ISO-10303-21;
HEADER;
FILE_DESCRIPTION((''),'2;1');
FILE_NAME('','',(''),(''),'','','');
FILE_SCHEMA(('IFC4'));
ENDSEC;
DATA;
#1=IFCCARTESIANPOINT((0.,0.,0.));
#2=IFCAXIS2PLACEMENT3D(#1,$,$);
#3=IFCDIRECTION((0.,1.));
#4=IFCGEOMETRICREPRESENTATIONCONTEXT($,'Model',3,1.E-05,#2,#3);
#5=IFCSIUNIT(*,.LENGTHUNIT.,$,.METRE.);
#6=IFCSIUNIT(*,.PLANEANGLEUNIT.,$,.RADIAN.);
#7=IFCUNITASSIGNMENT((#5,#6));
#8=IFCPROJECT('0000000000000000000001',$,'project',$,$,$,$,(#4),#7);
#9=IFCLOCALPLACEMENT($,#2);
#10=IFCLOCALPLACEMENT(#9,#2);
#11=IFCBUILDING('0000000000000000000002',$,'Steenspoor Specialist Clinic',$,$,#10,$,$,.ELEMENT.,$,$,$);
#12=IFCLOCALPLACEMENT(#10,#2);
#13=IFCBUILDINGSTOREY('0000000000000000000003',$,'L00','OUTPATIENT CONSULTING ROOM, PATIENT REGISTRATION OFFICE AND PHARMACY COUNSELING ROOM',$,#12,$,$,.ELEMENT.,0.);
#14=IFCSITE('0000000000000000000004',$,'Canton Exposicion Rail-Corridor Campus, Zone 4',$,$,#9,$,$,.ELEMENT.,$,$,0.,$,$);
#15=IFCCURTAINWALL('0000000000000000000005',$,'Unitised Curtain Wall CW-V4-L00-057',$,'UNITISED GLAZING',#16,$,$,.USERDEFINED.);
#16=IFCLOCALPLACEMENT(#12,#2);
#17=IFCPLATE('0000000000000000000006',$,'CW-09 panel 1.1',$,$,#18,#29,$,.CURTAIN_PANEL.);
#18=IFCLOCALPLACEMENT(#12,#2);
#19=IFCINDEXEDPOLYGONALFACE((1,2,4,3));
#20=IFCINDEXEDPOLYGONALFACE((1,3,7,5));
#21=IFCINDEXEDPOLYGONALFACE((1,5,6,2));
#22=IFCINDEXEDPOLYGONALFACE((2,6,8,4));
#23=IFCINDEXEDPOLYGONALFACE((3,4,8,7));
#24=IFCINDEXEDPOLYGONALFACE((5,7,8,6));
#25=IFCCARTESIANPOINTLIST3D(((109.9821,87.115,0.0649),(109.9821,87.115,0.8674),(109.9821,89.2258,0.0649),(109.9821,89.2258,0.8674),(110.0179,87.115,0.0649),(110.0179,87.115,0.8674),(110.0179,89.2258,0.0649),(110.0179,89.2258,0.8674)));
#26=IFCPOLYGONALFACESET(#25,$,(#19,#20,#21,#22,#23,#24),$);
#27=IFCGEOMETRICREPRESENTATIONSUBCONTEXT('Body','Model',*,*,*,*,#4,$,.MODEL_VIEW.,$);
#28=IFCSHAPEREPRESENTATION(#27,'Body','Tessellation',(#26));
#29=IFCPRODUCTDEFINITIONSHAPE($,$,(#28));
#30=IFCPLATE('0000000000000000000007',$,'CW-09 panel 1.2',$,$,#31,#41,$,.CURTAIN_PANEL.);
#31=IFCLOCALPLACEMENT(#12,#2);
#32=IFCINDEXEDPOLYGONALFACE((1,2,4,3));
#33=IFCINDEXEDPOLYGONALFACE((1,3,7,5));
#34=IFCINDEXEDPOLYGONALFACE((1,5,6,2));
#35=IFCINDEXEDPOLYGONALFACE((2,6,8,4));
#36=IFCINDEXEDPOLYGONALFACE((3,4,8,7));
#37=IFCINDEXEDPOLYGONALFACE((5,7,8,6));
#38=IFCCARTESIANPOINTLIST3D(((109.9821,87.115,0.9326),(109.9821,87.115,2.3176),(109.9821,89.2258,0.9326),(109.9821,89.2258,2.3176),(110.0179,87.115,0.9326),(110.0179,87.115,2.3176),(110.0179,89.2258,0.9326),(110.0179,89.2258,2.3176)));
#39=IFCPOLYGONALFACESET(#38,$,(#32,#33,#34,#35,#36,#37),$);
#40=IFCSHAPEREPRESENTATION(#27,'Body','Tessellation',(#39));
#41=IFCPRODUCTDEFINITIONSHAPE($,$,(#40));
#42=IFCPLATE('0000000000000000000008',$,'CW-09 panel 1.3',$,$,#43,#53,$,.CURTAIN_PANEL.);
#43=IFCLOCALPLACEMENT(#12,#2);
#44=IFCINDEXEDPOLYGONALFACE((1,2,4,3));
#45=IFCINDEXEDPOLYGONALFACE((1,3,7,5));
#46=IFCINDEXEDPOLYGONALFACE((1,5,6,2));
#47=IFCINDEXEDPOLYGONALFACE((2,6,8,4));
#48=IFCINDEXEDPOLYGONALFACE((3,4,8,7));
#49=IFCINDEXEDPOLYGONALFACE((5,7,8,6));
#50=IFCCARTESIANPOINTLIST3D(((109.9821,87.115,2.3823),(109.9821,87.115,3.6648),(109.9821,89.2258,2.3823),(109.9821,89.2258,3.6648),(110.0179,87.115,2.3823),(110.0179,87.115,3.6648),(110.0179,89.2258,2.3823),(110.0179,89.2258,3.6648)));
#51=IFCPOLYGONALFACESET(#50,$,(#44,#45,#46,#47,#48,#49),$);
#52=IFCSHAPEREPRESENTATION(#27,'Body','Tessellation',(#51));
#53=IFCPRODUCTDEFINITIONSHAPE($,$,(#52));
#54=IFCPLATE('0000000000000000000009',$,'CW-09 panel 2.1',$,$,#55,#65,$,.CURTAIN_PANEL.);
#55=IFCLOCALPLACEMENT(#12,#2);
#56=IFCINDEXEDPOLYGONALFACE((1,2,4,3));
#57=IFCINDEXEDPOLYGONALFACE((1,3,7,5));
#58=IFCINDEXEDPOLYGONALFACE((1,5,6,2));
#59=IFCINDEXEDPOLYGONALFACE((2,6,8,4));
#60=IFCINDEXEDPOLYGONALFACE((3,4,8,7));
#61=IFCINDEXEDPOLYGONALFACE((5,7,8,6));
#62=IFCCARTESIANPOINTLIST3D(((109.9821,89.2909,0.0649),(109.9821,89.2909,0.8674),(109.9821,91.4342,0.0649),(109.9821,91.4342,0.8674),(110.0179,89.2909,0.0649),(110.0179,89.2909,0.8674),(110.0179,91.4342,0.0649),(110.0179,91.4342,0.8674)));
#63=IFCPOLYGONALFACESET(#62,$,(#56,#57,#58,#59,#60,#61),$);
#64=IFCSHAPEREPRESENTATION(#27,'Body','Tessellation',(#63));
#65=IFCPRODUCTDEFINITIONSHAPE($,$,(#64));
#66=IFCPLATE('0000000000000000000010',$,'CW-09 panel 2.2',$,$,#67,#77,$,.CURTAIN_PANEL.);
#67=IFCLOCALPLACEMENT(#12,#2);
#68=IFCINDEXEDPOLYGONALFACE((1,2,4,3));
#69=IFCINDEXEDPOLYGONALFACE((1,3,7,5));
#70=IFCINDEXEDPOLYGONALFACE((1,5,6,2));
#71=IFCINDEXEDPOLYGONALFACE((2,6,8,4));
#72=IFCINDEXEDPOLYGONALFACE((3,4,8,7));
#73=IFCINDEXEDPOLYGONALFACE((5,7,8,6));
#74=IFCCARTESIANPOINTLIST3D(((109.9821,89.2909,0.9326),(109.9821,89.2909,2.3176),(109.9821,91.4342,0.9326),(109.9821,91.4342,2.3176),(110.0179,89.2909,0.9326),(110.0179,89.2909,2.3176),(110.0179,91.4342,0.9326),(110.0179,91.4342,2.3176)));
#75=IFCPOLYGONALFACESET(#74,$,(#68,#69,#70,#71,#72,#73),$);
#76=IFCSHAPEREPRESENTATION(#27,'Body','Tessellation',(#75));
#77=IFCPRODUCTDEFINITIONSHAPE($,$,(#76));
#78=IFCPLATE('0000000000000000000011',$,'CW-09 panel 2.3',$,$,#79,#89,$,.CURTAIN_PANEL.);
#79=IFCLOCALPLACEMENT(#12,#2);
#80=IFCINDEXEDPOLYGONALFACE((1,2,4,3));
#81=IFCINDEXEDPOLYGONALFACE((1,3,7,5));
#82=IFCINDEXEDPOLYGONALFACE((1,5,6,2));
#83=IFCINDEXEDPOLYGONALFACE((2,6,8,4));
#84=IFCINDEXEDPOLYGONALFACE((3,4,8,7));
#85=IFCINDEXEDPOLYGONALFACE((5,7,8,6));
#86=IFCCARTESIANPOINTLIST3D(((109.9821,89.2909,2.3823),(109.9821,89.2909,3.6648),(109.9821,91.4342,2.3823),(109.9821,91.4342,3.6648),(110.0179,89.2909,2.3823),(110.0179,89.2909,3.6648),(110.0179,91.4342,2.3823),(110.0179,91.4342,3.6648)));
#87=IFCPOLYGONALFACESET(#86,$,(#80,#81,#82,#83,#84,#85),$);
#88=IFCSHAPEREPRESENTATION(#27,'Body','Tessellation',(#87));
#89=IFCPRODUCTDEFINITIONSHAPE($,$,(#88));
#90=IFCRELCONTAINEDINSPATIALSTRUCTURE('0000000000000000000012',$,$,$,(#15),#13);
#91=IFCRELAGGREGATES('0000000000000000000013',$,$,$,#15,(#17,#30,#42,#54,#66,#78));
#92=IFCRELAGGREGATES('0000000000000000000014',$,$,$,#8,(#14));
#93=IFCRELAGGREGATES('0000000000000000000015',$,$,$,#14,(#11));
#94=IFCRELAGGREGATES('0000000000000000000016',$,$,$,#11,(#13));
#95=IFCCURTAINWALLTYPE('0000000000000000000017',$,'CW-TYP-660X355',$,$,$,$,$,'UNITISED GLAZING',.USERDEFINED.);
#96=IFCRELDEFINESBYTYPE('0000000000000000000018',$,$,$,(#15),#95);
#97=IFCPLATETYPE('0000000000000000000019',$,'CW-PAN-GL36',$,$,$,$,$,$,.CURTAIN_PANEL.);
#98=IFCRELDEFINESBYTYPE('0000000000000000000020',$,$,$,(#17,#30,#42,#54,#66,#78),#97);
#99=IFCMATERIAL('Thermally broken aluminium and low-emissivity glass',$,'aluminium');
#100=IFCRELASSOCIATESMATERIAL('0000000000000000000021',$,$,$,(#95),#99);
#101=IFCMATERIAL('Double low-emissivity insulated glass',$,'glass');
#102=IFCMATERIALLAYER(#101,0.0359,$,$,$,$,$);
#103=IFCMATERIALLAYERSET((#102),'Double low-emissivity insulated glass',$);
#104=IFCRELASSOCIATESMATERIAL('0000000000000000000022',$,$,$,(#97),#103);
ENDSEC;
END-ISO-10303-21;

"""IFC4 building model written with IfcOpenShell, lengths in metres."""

from ifc_helpers import new_model, si_unit, direction, frame, origin, origin_2d, place, context, subcontext, project, spatial, rectangle, extrude, material, layer, layer_set, type_object, element, aggregate, save


model = new_model("IFC4")

# Units and contexts
model_context = context("Model", 3, precision=1e-05, world=origin(), true_north=direction((0.0, 1.0)))
body_context = subcontext(model_context, "Body", "Model", "MODEL_VIEW")
ifc_project = project(units=[si_unit("LENGTHUNIT", "METRE"), si_unit("PLANEANGLEUNIT", "RADIAN")], contexts=[model_context])

# Site, building, storey
site_placement = place(None, origin())
site = spatial("IfcSite", under=ifc_project, at=site_placement, Name="Canton Exposicion Rail-Corridor Campus, Zone 4", CompositionType="ELEMENT", RefElevation=0.0)
building_placement = place(site_placement, origin())
building = spatial("IfcBuilding", under=site, at=building_placement, Name="Steenspoor Specialist Clinic", CompositionType="ELEMENT")
storey_placement = place(building_placement, origin())
storey = spatial("IfcBuildingStorey", under=building, at=storey_placement, Name="L00", Description="OUTPATIENT CONSULTING ROOM, PATIENT REGISTRATION OFFICE AND PHARMACY COUNSELING ROOM", CompositionType="ELEMENT", Elevation=0.0)

# Curtain wall, plates
ifc_material_1 = material(Name="Thermally broken aluminium and low-emissivity glass", Category="aluminium")
curtain_wall_type = type_object("IfcCurtainWallType", Name="CW-TYP-660X355", ElementType="UNITISED GLAZING", PredefinedType="USERDEFINED", material=ifc_material_1)
curtain_wall_placement = place(storey_placement, origin())
curtain_wall = element("IfcCurtainWall", 1, at=curtain_wall_placement, inside=storey, type_object=curtain_wall_type, Name="Unitised Curtain Wall CW-V4-L00-057", ObjectType="UNITISED GLAZING", PredefinedType="USERDEFINED")
ifc_material_2 = material(Name="Double low-emissivity insulated glass", Category="glass")
ifc_layer = layer(ifc_material_2, 0.0359)
ifc_layer_set = layer_set([ifc_layer], Name="Double low-emissivity insulated glass")
plate_type = type_object("IfcPlateType", Name="CW-PAN-GL36", PredefinedType="CURTAIN_PANEL", material=ifc_layer_set)
plate_1_placement = place(storey_placement, frame((110.0, 88.1704, 0.0649), z_axis=(0.0, 0.0, 1.0), x_axis=(0.0, 1.0, 0.0)))
plate_1 = element("IfcPlate", 2, at=plate_1_placement, type_object=plate_type, Name="CW-09 panel 1.1", PredefinedType="CURTAIN_PANEL", context=body_context, shape_type="SweptSolid", body=[
    extrude(rectangle(XDim=2.1108, YDim=0.0359, at=origin_2d()), origin(), (0.0, 0.0, 1.0), 0.8025),
])
plate_2_placement = place(storey_placement, frame((110.0, 88.1704, 0.9326), z_axis=(0.0, 0.0, 1.0), x_axis=(0.0, 1.0, 0.0)))
plate_2 = element("IfcPlate", 3, at=plate_2_placement, type_object=plate_type, Name="CW-09 panel 1.2", PredefinedType="CURTAIN_PANEL", context=body_context, shape_type="SweptSolid", body=[
    extrude(rectangle(XDim=2.1108, YDim=0.0359, at=origin_2d()), origin(), (0.0, 0.0, 1.0), 1.385),
])
plate_3_placement = place(storey_placement, frame((110.0, 88.1704, 2.3823), z_axis=(0.0, 0.0, 1.0), x_axis=(0.0, 1.0, 0.0)))
plate_3 = element("IfcPlate", 4, at=plate_3_placement, type_object=plate_type, Name="CW-09 panel 1.3", PredefinedType="CURTAIN_PANEL", context=body_context, shape_type="SweptSolid", body=[
    extrude(rectangle(XDim=2.1108, YDim=0.0359, at=origin_2d()), origin(), (0.0, 0.0, 1.0), 1.2825),
])
plate_4_placement = place(storey_placement, frame((110.0, 90.3625, 0.0649), z_axis=(0.0, 0.0, 1.0), x_axis=(0.0, 1.0, 0.0)))
plate_4 = element("IfcPlate", 5, at=plate_4_placement, type_object=plate_type, Name="CW-09 panel 2.1", PredefinedType="CURTAIN_PANEL", context=body_context, shape_type="SweptSolid", body=[
    extrude(rectangle(XDim=2.1433, YDim=0.0359, at=origin_2d()), origin(), (0.0, 0.0, 1.0), 0.8025),
])
plate_5_placement = place(storey_placement, frame((110.0, 90.3625, 0.9326), z_axis=(0.0, 0.0, 1.0), x_axis=(0.0, 1.0, 0.0)))
plate_5 = element("IfcPlate", 6, at=plate_5_placement, type_object=plate_type, Name="CW-09 panel 2.2", PredefinedType="CURTAIN_PANEL", context=body_context, shape_type="SweptSolid", body=[
    extrude(rectangle(XDim=2.1433, YDim=0.0359, at=origin_2d()), origin(), (0.0, 0.0, 1.0), 1.385),
])
plate_6_placement = place(storey_placement, frame((110.0, 90.3625, 2.3823), z_axis=(0.0, 0.0, 1.0), x_axis=(0.0, 1.0, 0.0)))
plate_6 = element("IfcPlate", 7, at=plate_6_placement, type_object=plate_type, Name="CW-09 panel 2.3", PredefinedType="CURTAIN_PANEL", context=body_context, shape_type="SweptSolid", body=[
    extrude(rectangle(XDim=2.1433, YDim=0.0359, at=origin_2d()), origin(), (0.0, 0.0, 1.0), 1.2825),
])
aggregate(curtain_wall, [plate_1, plate_2, plate_3, plate_4, plate_5, plate_6])

save(model, "model.ifc")
